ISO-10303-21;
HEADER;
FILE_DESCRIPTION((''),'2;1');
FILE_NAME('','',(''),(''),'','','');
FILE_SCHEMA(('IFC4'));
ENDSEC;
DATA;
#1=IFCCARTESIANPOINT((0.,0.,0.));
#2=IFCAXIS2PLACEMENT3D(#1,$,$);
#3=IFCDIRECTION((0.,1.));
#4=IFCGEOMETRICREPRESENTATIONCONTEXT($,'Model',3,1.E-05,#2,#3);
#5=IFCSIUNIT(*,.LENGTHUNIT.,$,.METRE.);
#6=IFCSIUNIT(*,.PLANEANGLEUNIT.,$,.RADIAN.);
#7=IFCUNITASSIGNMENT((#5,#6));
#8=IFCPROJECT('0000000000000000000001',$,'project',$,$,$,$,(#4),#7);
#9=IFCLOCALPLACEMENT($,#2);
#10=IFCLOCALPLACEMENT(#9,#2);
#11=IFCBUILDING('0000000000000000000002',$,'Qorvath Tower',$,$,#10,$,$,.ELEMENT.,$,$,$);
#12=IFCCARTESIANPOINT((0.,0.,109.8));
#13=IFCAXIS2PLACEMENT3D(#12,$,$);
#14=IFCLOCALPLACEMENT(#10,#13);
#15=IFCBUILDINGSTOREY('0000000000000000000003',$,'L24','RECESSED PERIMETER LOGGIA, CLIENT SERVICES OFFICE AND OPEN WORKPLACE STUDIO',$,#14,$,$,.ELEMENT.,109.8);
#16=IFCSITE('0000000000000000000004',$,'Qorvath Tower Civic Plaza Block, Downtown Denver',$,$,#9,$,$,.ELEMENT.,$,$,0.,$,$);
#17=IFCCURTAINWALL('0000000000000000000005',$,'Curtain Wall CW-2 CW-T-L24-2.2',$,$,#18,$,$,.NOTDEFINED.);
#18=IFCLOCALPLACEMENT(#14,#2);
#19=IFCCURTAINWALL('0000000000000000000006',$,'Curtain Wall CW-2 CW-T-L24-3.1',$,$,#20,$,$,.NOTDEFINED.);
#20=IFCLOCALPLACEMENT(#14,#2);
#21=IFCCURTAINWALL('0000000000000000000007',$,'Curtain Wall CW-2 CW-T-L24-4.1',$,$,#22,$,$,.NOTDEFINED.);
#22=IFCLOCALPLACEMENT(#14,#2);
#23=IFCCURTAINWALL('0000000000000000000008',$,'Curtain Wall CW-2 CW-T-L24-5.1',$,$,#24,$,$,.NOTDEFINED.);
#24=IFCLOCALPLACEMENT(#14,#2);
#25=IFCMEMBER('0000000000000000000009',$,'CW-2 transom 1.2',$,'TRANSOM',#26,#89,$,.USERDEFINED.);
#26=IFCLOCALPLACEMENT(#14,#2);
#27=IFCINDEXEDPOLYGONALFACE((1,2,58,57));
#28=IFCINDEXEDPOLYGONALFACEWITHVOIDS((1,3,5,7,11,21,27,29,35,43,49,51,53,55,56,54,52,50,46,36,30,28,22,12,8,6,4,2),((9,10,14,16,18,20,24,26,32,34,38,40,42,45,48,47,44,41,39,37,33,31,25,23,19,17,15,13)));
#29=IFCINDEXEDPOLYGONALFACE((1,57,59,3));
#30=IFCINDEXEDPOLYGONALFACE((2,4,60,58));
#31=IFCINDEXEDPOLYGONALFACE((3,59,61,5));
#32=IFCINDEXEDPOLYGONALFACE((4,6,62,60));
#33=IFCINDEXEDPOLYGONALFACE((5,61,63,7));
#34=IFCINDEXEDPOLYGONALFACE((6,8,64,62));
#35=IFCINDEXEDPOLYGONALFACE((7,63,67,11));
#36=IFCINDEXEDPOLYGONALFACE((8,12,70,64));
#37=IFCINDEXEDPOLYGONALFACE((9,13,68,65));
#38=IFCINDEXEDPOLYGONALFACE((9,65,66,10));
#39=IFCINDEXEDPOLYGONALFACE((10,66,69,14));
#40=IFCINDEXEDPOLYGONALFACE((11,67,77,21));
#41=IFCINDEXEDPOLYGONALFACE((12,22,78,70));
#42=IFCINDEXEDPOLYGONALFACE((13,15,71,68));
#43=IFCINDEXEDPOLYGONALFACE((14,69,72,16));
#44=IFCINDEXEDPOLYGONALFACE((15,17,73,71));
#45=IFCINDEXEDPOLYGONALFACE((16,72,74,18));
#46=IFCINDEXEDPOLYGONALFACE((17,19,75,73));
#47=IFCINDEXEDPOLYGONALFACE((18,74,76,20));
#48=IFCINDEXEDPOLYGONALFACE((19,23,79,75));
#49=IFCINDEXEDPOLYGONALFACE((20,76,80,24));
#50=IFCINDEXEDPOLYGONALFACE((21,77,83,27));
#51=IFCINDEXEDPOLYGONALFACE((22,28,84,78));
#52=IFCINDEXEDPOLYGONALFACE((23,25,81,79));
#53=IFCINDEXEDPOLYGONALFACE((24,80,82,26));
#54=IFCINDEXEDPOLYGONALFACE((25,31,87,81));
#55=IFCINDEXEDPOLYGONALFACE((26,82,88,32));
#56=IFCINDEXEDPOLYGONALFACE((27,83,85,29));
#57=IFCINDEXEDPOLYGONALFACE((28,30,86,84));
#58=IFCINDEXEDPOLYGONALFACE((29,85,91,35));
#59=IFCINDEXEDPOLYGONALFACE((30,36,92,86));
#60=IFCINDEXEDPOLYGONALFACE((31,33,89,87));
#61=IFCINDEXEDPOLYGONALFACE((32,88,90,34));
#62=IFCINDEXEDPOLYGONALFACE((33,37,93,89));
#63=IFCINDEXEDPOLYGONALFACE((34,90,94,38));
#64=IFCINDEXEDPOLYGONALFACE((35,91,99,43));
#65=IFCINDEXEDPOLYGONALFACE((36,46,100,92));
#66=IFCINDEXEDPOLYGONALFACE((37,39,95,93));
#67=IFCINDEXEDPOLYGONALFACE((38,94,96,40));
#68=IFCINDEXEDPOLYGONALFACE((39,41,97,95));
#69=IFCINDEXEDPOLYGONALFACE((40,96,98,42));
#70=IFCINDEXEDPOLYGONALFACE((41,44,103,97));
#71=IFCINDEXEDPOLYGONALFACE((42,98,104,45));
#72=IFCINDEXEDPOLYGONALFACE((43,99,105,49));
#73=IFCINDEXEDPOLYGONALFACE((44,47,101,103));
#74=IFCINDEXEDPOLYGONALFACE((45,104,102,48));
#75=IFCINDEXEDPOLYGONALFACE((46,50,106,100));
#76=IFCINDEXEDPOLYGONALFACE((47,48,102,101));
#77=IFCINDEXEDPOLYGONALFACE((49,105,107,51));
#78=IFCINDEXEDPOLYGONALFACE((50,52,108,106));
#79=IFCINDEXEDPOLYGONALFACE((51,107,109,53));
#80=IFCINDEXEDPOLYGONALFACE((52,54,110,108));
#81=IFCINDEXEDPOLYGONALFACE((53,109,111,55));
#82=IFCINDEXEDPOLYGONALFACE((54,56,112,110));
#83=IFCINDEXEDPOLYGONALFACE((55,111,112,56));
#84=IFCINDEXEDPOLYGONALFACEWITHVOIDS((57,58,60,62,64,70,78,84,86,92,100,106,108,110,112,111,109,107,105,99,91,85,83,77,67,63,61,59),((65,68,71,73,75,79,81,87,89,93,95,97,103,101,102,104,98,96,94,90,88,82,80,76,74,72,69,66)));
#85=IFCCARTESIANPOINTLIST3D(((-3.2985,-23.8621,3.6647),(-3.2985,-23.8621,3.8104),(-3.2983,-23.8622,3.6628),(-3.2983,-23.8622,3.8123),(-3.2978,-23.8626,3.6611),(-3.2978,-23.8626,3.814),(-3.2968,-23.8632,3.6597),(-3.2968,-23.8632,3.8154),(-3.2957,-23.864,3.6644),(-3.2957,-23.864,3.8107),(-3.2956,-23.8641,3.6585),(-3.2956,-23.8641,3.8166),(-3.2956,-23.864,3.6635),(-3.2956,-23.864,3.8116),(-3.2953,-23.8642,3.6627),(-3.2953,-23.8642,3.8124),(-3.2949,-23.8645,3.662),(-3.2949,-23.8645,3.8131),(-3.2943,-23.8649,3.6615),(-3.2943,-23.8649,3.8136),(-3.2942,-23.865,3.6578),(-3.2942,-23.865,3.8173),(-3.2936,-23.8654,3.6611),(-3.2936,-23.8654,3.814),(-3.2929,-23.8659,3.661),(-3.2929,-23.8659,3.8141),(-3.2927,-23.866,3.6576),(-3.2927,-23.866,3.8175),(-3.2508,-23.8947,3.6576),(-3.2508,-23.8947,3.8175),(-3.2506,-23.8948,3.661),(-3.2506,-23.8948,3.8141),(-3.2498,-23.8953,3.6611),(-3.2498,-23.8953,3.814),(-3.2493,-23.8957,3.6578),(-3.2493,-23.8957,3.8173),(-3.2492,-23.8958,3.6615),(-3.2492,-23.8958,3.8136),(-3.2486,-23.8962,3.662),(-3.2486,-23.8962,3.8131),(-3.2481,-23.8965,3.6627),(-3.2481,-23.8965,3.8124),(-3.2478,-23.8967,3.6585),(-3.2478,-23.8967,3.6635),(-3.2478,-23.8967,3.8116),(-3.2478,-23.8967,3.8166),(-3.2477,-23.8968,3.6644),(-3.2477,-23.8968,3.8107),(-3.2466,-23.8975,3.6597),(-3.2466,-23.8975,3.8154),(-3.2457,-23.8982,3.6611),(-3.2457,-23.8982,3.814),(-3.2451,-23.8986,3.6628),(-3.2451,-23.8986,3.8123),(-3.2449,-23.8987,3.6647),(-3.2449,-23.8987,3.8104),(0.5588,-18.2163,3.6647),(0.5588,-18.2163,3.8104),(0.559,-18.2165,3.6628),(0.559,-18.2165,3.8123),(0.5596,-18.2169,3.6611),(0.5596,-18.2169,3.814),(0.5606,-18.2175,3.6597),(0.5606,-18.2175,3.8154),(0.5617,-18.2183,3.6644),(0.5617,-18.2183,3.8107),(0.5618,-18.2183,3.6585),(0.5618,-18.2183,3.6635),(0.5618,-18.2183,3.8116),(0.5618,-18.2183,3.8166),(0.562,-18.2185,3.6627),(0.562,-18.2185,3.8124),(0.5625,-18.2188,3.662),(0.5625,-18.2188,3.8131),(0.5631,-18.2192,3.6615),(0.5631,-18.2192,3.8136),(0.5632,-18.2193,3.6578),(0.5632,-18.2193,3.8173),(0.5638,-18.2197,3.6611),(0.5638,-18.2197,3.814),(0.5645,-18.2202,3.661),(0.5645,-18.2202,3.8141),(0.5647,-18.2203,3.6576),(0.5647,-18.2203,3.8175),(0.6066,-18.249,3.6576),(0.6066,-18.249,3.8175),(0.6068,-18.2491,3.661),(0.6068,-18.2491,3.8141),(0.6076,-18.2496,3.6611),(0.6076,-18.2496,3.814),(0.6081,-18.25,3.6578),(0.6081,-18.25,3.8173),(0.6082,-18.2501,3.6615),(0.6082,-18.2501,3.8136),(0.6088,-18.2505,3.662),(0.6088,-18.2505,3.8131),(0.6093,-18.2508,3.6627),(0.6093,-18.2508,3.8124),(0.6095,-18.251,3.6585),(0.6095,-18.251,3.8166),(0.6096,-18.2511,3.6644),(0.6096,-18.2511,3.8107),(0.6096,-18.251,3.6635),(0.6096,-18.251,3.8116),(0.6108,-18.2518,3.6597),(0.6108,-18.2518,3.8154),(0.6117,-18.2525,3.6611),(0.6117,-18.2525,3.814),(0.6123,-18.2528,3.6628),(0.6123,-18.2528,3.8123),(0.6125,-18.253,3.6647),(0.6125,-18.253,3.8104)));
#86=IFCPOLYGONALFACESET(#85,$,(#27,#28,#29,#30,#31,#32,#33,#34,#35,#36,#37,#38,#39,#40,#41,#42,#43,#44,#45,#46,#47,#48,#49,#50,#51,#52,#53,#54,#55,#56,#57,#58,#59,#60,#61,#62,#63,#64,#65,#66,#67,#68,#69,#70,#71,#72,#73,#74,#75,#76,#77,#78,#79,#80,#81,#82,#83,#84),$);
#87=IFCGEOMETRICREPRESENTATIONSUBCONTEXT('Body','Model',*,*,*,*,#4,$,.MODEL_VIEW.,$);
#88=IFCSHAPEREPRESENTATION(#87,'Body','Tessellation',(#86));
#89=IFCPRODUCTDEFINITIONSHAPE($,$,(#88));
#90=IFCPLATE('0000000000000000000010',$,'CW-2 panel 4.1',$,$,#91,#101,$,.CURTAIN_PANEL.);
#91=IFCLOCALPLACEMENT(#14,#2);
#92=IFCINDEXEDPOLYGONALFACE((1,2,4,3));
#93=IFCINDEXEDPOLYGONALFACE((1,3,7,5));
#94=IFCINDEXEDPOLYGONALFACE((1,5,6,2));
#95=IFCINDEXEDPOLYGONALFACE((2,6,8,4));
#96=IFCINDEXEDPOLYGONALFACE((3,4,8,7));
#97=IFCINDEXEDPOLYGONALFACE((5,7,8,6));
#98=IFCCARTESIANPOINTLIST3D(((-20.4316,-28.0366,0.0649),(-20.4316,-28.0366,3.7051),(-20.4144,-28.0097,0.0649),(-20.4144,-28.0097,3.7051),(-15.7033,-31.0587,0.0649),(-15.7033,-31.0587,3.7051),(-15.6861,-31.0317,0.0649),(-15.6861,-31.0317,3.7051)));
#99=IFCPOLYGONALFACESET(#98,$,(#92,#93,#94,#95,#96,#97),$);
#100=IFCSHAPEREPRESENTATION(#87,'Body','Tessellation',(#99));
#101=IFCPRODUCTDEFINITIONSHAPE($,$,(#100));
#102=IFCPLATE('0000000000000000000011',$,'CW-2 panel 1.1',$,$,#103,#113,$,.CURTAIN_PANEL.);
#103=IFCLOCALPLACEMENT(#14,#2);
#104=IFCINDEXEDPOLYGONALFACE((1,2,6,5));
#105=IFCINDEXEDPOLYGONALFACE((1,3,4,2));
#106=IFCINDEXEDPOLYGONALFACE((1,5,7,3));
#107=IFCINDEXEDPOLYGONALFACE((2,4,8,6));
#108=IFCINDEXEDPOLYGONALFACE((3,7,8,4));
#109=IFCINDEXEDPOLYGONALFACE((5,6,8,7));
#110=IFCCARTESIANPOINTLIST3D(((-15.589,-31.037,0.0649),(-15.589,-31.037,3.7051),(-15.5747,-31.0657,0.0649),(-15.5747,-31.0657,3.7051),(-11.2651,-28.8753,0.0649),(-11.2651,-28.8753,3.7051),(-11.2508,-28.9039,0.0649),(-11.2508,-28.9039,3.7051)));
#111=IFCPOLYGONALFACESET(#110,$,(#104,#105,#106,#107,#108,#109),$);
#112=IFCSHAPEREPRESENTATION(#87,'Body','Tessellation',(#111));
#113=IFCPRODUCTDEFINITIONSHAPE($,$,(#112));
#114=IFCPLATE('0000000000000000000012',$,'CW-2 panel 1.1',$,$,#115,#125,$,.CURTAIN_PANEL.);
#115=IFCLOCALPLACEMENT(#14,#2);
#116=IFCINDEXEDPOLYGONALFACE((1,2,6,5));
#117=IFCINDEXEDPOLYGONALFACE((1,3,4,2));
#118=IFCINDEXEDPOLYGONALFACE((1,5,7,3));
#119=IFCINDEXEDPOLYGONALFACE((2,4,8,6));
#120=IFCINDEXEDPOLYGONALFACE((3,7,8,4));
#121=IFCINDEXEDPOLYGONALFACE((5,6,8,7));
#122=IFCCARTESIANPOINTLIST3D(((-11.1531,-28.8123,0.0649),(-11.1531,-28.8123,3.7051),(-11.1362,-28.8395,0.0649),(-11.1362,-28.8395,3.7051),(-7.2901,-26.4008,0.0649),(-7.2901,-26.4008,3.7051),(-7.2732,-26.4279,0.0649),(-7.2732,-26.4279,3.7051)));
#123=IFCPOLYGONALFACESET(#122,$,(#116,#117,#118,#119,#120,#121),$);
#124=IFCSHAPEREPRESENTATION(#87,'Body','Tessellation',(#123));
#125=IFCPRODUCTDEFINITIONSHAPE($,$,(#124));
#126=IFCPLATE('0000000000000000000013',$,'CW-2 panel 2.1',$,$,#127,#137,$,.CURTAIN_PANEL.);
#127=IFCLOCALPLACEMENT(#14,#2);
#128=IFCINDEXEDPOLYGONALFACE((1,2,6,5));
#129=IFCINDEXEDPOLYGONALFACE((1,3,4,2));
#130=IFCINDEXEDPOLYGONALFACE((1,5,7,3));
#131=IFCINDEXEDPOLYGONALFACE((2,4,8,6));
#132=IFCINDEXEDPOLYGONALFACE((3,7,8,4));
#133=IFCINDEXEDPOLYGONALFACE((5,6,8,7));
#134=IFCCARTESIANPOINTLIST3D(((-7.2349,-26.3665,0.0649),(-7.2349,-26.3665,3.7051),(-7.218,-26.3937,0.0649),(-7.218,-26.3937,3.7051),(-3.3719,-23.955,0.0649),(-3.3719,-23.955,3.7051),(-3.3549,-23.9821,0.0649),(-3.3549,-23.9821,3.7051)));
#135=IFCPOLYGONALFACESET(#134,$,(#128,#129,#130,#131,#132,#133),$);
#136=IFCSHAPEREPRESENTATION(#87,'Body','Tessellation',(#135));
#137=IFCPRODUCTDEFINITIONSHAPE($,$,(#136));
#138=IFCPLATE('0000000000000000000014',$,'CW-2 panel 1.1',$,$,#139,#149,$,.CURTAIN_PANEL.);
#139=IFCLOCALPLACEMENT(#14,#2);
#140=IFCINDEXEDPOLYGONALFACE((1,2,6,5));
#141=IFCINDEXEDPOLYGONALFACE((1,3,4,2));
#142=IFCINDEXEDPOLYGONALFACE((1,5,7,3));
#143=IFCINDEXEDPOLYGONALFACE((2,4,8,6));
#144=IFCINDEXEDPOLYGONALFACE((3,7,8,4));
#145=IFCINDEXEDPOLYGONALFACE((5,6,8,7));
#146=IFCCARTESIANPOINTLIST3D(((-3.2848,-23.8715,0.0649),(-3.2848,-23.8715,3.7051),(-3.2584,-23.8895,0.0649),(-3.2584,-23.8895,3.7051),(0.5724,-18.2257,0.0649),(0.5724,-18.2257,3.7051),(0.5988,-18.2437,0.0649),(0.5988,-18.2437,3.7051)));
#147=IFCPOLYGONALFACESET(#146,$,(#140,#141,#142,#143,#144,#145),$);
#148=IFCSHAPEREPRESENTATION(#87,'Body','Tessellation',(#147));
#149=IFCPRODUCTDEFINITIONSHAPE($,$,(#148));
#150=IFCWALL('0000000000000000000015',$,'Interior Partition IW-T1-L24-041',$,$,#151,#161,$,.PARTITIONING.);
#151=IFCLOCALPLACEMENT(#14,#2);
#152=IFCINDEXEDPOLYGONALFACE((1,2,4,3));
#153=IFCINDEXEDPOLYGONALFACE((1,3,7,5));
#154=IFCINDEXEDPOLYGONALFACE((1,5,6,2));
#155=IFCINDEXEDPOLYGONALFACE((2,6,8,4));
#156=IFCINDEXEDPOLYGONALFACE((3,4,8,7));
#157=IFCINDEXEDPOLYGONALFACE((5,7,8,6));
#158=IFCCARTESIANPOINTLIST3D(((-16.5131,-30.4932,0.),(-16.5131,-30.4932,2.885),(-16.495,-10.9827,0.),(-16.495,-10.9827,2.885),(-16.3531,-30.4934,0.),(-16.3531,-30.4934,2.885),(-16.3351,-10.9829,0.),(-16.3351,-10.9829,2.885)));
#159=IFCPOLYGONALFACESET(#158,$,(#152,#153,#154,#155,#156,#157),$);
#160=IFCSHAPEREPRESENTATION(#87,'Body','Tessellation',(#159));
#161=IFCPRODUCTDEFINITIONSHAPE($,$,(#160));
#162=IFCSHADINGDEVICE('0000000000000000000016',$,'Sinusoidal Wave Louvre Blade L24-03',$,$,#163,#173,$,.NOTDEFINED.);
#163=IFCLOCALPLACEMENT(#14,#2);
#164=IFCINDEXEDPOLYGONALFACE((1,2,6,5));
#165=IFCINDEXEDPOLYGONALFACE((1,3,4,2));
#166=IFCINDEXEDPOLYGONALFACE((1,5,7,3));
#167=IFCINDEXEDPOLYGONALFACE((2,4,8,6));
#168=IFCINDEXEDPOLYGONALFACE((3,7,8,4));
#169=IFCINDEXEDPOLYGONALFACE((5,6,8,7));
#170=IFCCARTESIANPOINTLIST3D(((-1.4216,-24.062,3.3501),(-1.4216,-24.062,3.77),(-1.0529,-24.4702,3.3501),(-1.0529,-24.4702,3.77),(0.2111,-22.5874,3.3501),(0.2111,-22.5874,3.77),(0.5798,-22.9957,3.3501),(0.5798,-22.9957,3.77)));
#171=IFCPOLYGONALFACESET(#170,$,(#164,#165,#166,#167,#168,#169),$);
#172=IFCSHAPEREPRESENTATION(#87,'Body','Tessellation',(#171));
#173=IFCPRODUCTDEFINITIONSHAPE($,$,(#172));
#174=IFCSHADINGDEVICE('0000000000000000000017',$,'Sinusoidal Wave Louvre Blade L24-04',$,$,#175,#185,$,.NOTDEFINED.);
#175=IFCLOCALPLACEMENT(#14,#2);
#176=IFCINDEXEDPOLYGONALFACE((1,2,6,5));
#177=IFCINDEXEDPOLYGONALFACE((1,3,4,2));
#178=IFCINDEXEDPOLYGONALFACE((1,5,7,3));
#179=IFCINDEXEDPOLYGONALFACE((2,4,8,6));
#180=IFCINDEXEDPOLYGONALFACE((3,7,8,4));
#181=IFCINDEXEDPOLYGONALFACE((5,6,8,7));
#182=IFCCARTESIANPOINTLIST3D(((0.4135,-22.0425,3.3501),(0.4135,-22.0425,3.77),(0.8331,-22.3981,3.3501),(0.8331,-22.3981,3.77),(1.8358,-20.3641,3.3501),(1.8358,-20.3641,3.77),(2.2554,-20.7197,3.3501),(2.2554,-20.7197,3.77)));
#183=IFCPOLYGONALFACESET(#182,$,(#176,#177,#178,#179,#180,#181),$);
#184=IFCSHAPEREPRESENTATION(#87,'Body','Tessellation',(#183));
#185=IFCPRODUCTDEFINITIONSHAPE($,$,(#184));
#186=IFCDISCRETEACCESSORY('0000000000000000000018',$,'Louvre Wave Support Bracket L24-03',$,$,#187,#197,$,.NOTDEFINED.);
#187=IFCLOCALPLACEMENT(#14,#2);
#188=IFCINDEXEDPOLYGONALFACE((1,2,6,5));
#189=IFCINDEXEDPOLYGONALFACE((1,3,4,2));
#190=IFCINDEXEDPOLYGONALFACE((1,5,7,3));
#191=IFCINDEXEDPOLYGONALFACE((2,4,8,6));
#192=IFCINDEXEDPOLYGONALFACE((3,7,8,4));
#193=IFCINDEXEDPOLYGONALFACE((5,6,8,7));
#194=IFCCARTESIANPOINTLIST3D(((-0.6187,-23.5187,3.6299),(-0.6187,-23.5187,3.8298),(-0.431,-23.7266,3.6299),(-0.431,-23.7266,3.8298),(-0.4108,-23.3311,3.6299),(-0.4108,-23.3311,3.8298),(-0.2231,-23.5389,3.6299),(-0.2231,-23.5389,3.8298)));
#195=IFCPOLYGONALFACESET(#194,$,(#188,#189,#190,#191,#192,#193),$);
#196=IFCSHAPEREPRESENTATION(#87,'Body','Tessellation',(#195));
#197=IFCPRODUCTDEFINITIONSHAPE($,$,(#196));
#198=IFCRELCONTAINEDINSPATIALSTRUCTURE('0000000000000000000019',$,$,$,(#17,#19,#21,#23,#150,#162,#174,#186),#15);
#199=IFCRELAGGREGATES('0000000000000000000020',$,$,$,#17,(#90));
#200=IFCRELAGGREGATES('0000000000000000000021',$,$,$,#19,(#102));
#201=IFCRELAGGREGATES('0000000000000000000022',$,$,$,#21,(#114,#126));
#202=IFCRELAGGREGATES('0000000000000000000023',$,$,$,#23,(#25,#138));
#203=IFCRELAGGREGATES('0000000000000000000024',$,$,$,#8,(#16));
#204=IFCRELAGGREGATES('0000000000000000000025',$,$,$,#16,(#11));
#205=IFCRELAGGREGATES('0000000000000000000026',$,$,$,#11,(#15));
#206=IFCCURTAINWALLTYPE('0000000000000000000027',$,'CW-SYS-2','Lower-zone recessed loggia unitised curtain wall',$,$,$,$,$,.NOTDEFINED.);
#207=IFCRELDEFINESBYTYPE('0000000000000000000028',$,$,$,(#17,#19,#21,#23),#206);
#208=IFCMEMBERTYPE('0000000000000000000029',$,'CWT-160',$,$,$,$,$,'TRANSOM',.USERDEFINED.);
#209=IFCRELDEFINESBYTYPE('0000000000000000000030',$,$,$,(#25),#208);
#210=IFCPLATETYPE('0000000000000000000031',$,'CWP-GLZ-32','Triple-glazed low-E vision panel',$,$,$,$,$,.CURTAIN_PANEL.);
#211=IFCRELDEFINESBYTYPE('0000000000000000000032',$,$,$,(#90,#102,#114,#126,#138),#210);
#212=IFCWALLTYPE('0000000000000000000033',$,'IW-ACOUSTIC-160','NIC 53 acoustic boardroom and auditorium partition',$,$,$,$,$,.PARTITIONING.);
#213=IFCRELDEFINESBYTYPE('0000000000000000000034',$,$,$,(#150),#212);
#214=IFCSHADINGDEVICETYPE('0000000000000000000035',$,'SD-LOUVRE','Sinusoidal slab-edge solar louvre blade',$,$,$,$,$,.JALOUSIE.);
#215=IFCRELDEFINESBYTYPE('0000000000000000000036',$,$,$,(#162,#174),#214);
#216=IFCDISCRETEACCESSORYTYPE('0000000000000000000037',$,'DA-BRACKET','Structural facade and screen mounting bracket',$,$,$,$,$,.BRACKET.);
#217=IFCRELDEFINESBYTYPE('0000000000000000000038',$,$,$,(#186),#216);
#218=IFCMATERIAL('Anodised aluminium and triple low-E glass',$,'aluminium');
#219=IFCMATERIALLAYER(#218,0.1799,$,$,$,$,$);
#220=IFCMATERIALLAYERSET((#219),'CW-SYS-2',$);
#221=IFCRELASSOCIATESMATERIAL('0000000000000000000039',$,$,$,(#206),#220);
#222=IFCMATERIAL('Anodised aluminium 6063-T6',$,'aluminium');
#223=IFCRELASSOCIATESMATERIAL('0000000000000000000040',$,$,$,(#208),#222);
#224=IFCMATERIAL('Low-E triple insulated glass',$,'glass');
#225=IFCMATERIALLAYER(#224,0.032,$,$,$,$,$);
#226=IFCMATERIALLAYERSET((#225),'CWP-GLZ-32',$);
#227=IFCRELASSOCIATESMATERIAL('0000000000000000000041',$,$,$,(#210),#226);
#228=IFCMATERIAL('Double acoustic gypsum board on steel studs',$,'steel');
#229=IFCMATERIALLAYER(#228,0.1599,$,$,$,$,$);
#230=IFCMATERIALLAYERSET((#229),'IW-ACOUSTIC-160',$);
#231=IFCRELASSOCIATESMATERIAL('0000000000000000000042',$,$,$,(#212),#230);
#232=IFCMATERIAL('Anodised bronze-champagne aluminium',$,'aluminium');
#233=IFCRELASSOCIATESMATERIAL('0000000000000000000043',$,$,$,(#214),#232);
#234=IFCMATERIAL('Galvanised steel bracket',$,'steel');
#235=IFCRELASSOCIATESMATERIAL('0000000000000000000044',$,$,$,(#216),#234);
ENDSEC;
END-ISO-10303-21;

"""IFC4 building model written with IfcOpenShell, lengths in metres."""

from ifc_helpers import new_model, si_unit, direction, frame, frame_2d, origin, origin_2d, place, context, subcontext, project, spatial, rectangle, hollow_rectangle, extrude, material, layer, layer_set, material_profile, profile_set, type_object, element, aggregate, save


model = new_model("IFC4")

# Units and contexts
model_context = context("Model", 3, precision=1e-05, world=origin(), true_north=direction((0.0, 1.0)))
body_context = subcontext(model_context, "Body", "Model", "MODEL_VIEW")
ifc_project = project(units=[si_unit("LENGTHUNIT", "METRE"), si_unit("PLANEANGLEUNIT", "RADIAN")], contexts=[model_context])

# Site, building, storey
site_placement = place(None, origin())
site = spatial("IfcSite", under=ifc_project, at=site_placement, Name="Qorvath Tower Civic Plaza Block, Downtown Denver", CompositionType="ELEMENT", RefElevation=0.0)
building_placement = place(site_placement, origin())
building = spatial("IfcBuilding", under=site, at=building_placement, Name="Qorvath Tower", CompositionType="ELEMENT")
storey_placement = place(building_placement, frame((0.0, 0.0, 109.8)))
storey = spatial("IfcBuildingStorey", under=building, at=storey_placement, Name="L24", Description="RECESSED PERIMETER LOGGIA, CLIENT SERVICES OFFICE AND OPEN WORKPLACE STUDIO", CompositionType="ELEMENT", Elevation=109.8)

# Curtain wall
ifc_material_1 = material(Name="Anodised aluminium and triple low-E glass", Category="aluminium")
ifc_layer_1 = layer(ifc_material_1, 0.1799)
ifc_layer_set_1 = layer_set([ifc_layer_1], Name="CW-SYS-2")
curtain_wall_type = type_object("IfcCurtainWallType", Name="CW-SYS-2", Description="Lower-zone recessed loggia unitised curtain wall", PredefinedType="NOTDEFINED", material=ifc_layer_set_1)
curtain_wall_1_placement = place(storey_placement, origin())
curtain_wall_1 = element("IfcCurtainWall", 1, at=curtain_wall_1_placement, inside=storey, type_object=curtain_wall_type, Name="Curtain Wall CW-2 CW-T-L24-2.2", PredefinedType="NOTDEFINED")

# Curtain walls
curtain_wall_2_placement = place(storey_placement, origin())
curtain_wall_2 = element("IfcCurtainWall", 2, at=curtain_wall_2_placement, inside=storey, type_object=curtain_wall_type, Name="Curtain Wall CW-2 CW-T-L24-3.1", PredefinedType="NOTDEFINED")
curtain_wall_3_placement = place(storey_placement, origin())
curtain_wall_3 = element("IfcCurtainWall", 3, at=curtain_wall_3_placement, inside=storey, type_object=curtain_wall_type, Name="Curtain Wall CW-2 CW-T-L24-4.1", PredefinedType="NOTDEFINED")

# Curtain wall
curtain_wall_4_placement = place(storey_placement, origin())
curtain_wall_4 = element("IfcCurtainWall", 4, at=curtain_wall_4_placement, inside=storey, type_object=curtain_wall_type, Name="Curtain Wall CW-2 CW-T-L24-5.1", PredefinedType="NOTDEFINED")

# Member
ifc_material_2 = material(Name="Anodised aluminium 6063-T6", Category="aluminium")
ifc_material_profile_1 = material_profile(ifc_material_2, hollow_rectangle(XDim=0.0649, YDim=0.1599, WallThickness=0.0034, InnerFilletRadius=0.0034, OuterFilletRadius=0.0071, at=origin_2d()), Name="CWT 160x65")
ifc_profile_set_1 = profile_set([ifc_material_profile_1], Name="Anodised aluminium 6063-T6")
member_type_1 = type_object("IfcMemberType", Name="CWT-160", ElementType="TRANSOM", PredefinedType="USERDEFINED", material=ifc_profile_set_1)
member_1_placement = place(storey_placement, frame((-3.2717, -23.8804, 3.7375), z_axis=(0.56414, 0.825679, 0.0), x_axis=(-0.825679, 0.56414, 0.0)))
member_1 = element("IfcMember", 5, at=member_1_placement, type_object=member_type_1, Name="CW-2 transom 1.2", ObjectType="TRANSOM", PredefinedType="USERDEFINED", context=body_context, shape_type="SweptSolid", body=[
    extrude(hollow_rectangle(XDim=0.0649, YDim=0.1599, WallThickness=0.0034, InnerFilletRadius=0.0034, OuterFilletRadius=0.0071, at=origin_2d()), origin(), (0.0, 0.0, 1.0), 6.8376),
])

# Plates
ifc_material_3 = material(Name="Low-E triple insulated glass", Category="glass")
ifc_layer_2 = layer(ifc_material_3, 0.032)
ifc_layer_set_2 = layer_set([ifc_layer_2], Name="CWP-GLZ-32")
plate_type = type_object("IfcPlateType", Name="CWP-GLZ-32", Description="Triple-glazed low-E vision panel", PredefinedType="CURTAIN_PANEL", material=ifc_layer_set_2)
plate_1_placement = place(storey_placement, frame((-18.0588, -29.5342, 0.0649), z_axis=(0.0, 0.0, 1.0), x_axis=(0.842601, -0.538538, 0.0)))
plate_1 = element("IfcPlate", 6, at=plate_1_placement, type_object=plate_type, Name="CW-2 panel 4.1", PredefinedType="CURTAIN_PANEL", context=body_context, shape_type="SweptSolid", body=[
    extrude(rectangle(XDim=5.6116, YDim=0.032, at=origin_2d()), origin(), (0.0, 0.0, 1.0), 3.6401),
])
aggregate(curtain_wall_1, [plate_1])
plate_2_placement = place(storey_placement, frame((-13.4199, -29.9705, 0.0649), z_axis=(0.0, 0.0, 1.0), x_axis=(0.894443, 0.447181, 0.0)))
plate_2 = element("IfcPlate", 7, at=plate_2_placement, type_object=plate_type, Name="CW-2 panel 1.1", PredefinedType="CURTAIN_PANEL", context=body_context, shape_type="SweptSolid", body=[
    extrude(rectangle(XDim=4.8342, YDim=0.032, at=origin_2d()), origin(), (0.0, 0.0, 1.0), 3.6401),
])
aggregate(curtain_wall_2, [plate_2])
plate_3_placement = place(storey_placement, frame((-9.2131, -27.6201, 0.0649), z_axis=(0.0, 0.0, 1.0), x_axis=(0.84828, 0.529549, 0.0)))
plate_3 = element("IfcPlate", 8, at=plate_3_placement, type_object=plate_type, Name="CW-2 panel 1.1", PredefinedType="CURTAIN_PANEL", context=body_context, shape_type="SweptSolid", body=[
    extrude(rectangle(XDim=4.554, YDim=0.032, at=origin_2d()), origin(), (0.0, 0.0, 1.0), 3.6401),
])
plate_4_placement = place(storey_placement, frame((-5.2949, -25.1743, 0.0649), z_axis=(0.0, 0.0, 1.0), x_axis=(0.84828, 0.529549, 0.0)))
plate_4 = element("IfcPlate", 9, at=plate_4_placement, type_object=plate_type, Name="CW-2 panel 2.1", PredefinedType="CURTAIN_PANEL", context=body_context, shape_type="SweptSolid", body=[
    extrude(rectangle(XDim=4.554, YDim=0.032, at=origin_2d()), origin(), (0.0, 0.0, 1.0), 3.6401),
])
aggregate(curtain_wall_3, [plate_3, plate_4])
plate_5_placement = place(storey_placement, frame((-1.343, -21.0576, 0.0649), z_axis=(0.0, 0.0, 1.0), x_axis=(0.564117, 0.825695, 0.0)))
plate_5 = element("IfcPlate", 10, at=plate_5_placement, type_object=plate_type, Name="CW-2 panel 1.1", PredefinedType="CURTAIN_PANEL", context=body_context, shape_type="SweptSolid", body=[
    extrude(rectangle(XDim=6.8376, YDim=0.032, at=origin_2d()), origin(), (0.0, 0.0, 1.0), 3.6401),
])
aggregate(curtain_wall_4, [member_1, plate_5])

# Wall
ifc_material_4 = material(Name="Double acoustic gypsum board on steel studs", Category="steel")
ifc_layer_3 = layer(ifc_material_4, 0.1599)
ifc_layer_set_3 = layer_set([ifc_layer_3], Name="IW-ACOUSTIC-160")
wall_type = type_object("IfcWallType", Name="IW-ACOUSTIC-160", Description="NIC 53 acoustic boardroom and auditorium partition", PredefinedType="PARTITIONING", material=ifc_layer_set_3)
wall_placement = place(storey_placement, frame((-16.4331, -30.4934, 0.0), z_axis=(0.0, 0.0, 1.0), x_axis=(0.000926, 1.0, 0.0)))
element("IfcWall", 11, at=wall_placement, inside=storey, type_object=wall_type, Name="Interior Partition IW-T1-L24-041", PredefinedType="PARTITIONING", context=body_context, shape_type="SweptSolid", body=[
    extrude(rectangle(XDim=19.5105, YDim=0.1599, at=frame_2d((9.7554, 0.0))), origin(), (0.0, 0.0, 1.0), 2.885),
])

# Shading devices
ifc_material_5 = material(Name="Anodised bronze-champagne aluminium", Category="aluminium")
shading_device_type = type_object("IfcShadingDeviceType", Name="SD-LOUVRE", Description="Sinusoidal slab-edge solar louvre blade", PredefinedType="JALOUSIE", material=ifc_material_5)
for number, where, z_axis, x_axis, name in (
    (12, (-0.4209, -23.5288, 3.3501), (0.0, 0.0, 1.0), (0.742135, 0.67025, 0.0), "Sinusoidal Wave Louvre Blade L24-03"),
    (13, (1.3345, -21.3811, 3.3501), (0.0, 0.0, 1.0), (0.646514, 0.762902, 0.0), "Sinusoidal Wave Louvre Blade L24-04"),
):
    element("IfcShadingDevice", number, at=place(storey_placement, frame(where, z_axis=z_axis, x_axis=x_axis)), inside=storey, type_object=shading_device_type, Name=name, PredefinedType="NOTDEFINED", context=body_context, shape_type="SweptSolid", body=[
        extrude(rectangle(XDim=2.2, YDim=0.55, at=origin_2d()), origin(), (0.0, 0.0, 1.0), 0.4199),
    ])

# Discrete accessory
ifc_material_6 = material(Name="Galvanised steel bracket", Category="steel")
discrete_accessory_type = type_object("IfcDiscreteAccessoryType", Name="DA-BRACKET", Description="Structural facade and screen mounting bracket", PredefinedType="BRACKET", material=ifc_material_6)
for number, where, z_axis, x_axis, name in (
    (14, (-0.4209, -23.5288, 3.6299), (0.0, 0.0, 1.0), (0.742135, 0.67025, 0.0), "Louvre Wave Support Bracket L24-03"),
):
    element("IfcDiscreteAccessory", number, at=place(storey_placement, frame(where, z_axis=z_axis, x_axis=x_axis)), inside=storey, type_object=discrete_accessory_type, Name=name, PredefinedType="NOTDEFINED", context=body_context, shape_type="SweptSolid", body=[
        extrude(rectangle(XDim=0.28, YDim=0.28, at=origin_2d()), origin(), (0.0, 0.0, 1.0), 0.2),
    ])

save(model, "model.ifc")
